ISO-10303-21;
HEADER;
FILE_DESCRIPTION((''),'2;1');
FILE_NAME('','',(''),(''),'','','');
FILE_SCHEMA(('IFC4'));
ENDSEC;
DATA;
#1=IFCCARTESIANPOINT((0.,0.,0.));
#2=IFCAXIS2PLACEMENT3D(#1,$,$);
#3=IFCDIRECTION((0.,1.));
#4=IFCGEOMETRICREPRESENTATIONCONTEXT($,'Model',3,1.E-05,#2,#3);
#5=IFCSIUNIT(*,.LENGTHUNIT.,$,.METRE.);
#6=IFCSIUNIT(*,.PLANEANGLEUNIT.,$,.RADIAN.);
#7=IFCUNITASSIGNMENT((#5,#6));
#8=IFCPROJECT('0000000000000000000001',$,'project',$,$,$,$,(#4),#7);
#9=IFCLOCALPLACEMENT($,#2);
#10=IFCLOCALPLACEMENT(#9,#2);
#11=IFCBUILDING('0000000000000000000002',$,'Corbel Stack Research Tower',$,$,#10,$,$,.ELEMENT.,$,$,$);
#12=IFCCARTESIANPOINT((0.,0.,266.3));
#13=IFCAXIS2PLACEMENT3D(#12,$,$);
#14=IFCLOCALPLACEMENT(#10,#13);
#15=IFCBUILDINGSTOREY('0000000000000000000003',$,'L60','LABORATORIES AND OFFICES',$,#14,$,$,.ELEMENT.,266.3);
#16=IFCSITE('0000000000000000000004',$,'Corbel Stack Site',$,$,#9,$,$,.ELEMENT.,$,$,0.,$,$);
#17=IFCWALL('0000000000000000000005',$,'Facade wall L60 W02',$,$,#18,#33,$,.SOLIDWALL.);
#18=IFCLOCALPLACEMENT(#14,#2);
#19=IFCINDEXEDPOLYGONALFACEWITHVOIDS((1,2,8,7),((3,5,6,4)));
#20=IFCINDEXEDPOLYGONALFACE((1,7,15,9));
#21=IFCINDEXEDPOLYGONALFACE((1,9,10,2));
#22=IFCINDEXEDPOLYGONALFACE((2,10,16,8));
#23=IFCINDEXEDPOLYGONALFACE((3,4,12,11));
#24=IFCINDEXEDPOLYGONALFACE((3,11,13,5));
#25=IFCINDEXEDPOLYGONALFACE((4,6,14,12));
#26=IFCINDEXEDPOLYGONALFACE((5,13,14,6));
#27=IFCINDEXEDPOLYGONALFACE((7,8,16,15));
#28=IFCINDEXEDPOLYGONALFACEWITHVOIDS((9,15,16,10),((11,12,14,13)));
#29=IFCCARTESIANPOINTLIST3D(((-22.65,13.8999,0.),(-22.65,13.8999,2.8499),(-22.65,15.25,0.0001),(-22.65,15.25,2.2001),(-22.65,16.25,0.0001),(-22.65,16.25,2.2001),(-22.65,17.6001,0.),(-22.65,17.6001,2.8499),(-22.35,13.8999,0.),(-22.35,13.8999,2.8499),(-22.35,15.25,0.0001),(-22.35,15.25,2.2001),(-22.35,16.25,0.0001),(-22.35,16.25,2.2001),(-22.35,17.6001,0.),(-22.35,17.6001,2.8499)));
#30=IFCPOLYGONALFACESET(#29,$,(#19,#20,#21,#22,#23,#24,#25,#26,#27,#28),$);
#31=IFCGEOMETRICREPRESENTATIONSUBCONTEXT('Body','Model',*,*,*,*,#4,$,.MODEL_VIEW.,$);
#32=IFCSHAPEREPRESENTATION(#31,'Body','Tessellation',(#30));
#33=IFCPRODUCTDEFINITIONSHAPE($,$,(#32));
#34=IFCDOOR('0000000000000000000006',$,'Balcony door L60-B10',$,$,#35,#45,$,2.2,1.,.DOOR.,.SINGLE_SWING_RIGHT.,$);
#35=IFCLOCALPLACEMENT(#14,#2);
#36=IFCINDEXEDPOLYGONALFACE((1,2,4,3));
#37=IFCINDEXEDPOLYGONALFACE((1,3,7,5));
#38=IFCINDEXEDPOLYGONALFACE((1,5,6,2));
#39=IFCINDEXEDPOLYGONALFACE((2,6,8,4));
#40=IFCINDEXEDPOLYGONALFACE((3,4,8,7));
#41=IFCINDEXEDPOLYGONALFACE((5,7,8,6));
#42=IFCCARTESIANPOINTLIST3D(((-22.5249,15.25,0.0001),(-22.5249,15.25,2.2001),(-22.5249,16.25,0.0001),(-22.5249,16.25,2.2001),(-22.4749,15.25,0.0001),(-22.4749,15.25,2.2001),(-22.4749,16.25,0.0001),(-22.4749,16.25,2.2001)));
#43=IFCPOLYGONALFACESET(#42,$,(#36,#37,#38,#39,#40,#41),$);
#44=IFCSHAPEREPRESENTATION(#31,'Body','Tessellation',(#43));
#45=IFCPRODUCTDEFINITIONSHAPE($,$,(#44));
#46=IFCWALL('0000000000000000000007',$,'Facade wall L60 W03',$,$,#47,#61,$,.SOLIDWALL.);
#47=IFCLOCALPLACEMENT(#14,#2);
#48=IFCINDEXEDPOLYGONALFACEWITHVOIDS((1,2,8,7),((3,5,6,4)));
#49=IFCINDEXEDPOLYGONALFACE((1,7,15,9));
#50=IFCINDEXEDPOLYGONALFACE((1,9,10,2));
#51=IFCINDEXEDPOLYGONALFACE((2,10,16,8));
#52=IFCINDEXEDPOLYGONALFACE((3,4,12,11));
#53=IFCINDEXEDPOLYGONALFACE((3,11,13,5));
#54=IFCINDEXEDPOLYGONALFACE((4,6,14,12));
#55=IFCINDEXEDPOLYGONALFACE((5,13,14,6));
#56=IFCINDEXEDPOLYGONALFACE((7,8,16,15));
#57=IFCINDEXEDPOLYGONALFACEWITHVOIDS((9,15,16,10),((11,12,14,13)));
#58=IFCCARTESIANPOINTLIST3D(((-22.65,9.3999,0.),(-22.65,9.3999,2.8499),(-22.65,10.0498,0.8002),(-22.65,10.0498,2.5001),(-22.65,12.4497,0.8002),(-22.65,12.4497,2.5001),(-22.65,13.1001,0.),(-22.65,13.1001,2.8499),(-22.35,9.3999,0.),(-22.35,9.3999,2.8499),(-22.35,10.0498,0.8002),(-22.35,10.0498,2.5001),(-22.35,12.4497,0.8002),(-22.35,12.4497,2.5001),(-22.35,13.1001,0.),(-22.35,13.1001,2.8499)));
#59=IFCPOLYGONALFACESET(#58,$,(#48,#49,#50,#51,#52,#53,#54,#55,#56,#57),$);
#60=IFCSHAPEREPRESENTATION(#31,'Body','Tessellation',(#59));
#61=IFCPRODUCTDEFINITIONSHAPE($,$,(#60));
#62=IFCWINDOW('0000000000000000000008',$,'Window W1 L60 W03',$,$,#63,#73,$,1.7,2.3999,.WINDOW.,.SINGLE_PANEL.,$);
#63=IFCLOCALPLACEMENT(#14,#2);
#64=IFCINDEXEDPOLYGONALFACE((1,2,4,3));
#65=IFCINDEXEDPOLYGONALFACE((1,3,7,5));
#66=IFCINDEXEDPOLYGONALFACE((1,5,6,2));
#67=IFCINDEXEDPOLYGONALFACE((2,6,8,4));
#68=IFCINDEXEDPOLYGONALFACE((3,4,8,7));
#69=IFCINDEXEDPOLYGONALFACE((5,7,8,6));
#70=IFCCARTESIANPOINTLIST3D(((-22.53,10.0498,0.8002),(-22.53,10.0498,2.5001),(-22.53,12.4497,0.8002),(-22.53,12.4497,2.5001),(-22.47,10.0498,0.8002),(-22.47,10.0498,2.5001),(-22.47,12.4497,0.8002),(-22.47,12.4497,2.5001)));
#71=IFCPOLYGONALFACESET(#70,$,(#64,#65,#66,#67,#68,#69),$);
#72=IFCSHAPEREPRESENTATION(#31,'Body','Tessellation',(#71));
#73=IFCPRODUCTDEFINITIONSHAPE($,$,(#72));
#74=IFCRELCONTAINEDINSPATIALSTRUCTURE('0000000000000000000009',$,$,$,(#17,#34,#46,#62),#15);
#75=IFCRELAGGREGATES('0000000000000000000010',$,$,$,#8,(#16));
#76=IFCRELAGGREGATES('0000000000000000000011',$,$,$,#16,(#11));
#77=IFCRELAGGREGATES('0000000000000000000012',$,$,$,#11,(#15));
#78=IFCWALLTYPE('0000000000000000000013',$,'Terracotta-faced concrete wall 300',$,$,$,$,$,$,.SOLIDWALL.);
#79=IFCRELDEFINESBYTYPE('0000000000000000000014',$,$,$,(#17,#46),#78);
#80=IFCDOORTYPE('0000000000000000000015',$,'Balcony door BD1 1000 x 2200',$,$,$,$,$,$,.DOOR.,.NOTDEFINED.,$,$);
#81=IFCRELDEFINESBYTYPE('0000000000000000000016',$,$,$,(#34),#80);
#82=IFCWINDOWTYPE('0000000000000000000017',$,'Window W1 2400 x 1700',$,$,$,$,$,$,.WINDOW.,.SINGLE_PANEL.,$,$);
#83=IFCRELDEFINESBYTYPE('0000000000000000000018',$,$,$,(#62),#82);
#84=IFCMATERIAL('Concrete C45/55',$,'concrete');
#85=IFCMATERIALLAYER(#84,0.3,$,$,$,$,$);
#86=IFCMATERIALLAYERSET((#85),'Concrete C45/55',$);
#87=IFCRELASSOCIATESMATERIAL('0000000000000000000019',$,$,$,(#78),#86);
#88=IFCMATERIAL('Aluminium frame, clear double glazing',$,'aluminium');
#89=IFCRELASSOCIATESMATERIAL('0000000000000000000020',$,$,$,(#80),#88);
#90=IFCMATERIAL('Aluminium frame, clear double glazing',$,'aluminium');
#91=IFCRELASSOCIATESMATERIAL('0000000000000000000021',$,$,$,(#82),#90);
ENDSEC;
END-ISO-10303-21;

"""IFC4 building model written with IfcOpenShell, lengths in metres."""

from ifc_helpers import new_model, si_unit, direction, frame, frame_2d, origin, place, context, subcontext, project, spatial, rectangle, extrude, material, layer, layer_set, type_object, element, fill, save


model = new_model("IFC4")

# Units and contexts
model_context = context("Model", 3, precision=1e-05, world=origin(), true_north=direction((0.0, 1.0)))
body_context = subcontext(model_context, "Body", "Model", "MODEL_VIEW")
ifc_project = project(units=[si_unit("LENGTHUNIT", "METRE"), si_unit("PLANEANGLEUNIT", "RADIAN")], contexts=[model_context])

# Site, building, storey
site_placement = place(None, origin())
site = spatial("IfcSite", under=ifc_project, at=site_placement, Name="Corbel Stack Site", CompositionType="ELEMENT", RefElevation=0.0)
building_placement = place(site_placement, origin())
building = spatial("IfcBuilding", under=site, at=building_placement, Name="Corbel Stack Research Tower", CompositionType="ELEMENT")
storey_placement = place(building_placement, frame((0.0, 0.0, 266.3)))
storey = spatial("IfcBuildingStorey", under=building, at=storey_placement, Name="L60", Description="LABORATORIES AND OFFICES", CompositionType="ELEMENT", Elevation=266.3)

# Wall, opening, door
ifc_material_1 = material(Name="Concrete C45/55", Category="concrete")
ifc_layer_1 = layer(ifc_material_1, 0.3)
ifc_layer_set_1 = layer_set([ifc_layer_1], Name="Concrete C45/55")
wall_type_1 = type_object("IfcWallType", Name="Terracotta-faced concrete wall 300", PredefinedType="SOLIDWALL", material=ifc_layer_set_1)
wall_1_placement = place(storey_placement, frame((-22.5, 13.8999, 0.0), z_axis=(0.0, 0.0, 1.0), x_axis=(0.0, 1.0, 0.0)))
wall_1 = element("IfcWall", 1, at=wall_1_placement, inside=storey, type_object=wall_type_1, Name="Facade wall L60 W02", PredefinedType="SOLIDWALL", context=body_context, shape_type="SweptSolid", body=[
    extrude(rectangle(XDim=3.7002, YDim=0.3, at=frame_2d((1.8501, 0.0))), origin(), (0.0, 0.0, 1.0), 2.8499),
])
opening_1_placement = place(wall_1_placement, frame((1.3501, 0.0, 0.0)))
opening_1 = element("IfcOpeningElement", 2, at=opening_1_placement, cuts=wall_1, PredefinedType="OPENING", context=body_context, shape_type="SweptSolid", body=[
    extrude(rectangle(XDim=1.0, YDim=2.2, at=frame_2d((0.5, 1.1001))), frame((0.0, 0.1599, 0.0), z_axis=(0.0, -1.0, 0.0), x_axis=(1.0, 0.0, 0.0)), (0.0, 0.0, 1.0), 0.3201),
])
ifc_material_2 = material(Name="Aluminium frame, clear double glazing", Category="aluminium")
door_type_1 = type_object("IfcDoorType", Name="Balcony door BD1 1000 x 2200", OperationType="NOTDEFINED", PredefinedType="DOOR", material=ifc_material_2)
door_1_placement = place(opening_1_placement, origin())
door_1 = element("IfcDoor", 3, at=door_1_placement, inside=storey, type_object=door_type_1, Name="Balcony door L60-B10", OperationType="SINGLE_SWING_RIGHT", OverallHeight=2.2, OverallWidth=1.0, PredefinedType="DOOR", context=body_context, shape_type="SweptSolid", body=[
    extrude(rectangle(XDim=1.0, YDim=2.2, at=frame_2d((0.5, 1.1001))), frame((0.0, 0.0249, 0.0), z_axis=(0.0, -1.0, 0.0), x_axis=(1.0, 0.0, 0.0)), (0.0, 0.0, 1.0), 0.05),
])
fill(opening_1, door_1)

# Wall, opening, window
wall_2_placement = place(storey_placement, frame((-22.5, 9.3999, 0.0), z_axis=(0.0, 0.0, 1.0), x_axis=(0.0, 1.0, 0.0)))
wall_2 = element("IfcWall", 4, at=wall_2_placement, inside=storey, type_object=wall_type_1, Name="Facade wall L60 W03", PredefinedType="SOLIDWALL", context=body_context, shape_type="SweptSolid", body=[
    extrude(rectangle(XDim=3.7002, YDim=0.3, at=frame_2d((1.8501, 0.0))), origin(), (0.0, 0.0, 1.0), 2.8499),
])
opening_2_placement = place(wall_2_placement, frame((0.6499, 0.0, 0.8)))
opening_2 = element("IfcOpeningElement", 5, at=opening_2_placement, cuts=wall_2, PredefinedType="OPENING", context=body_context, shape_type="SweptSolid", body=[
    extrude(rectangle(XDim=2.3999, YDim=1.7, at=frame_2d((1.2, 0.8501))), frame((0.0, 0.1599, 0.0), z_axis=(0.0, -1.0, 0.0), x_axis=(1.0, 0.0, 0.0)), (0.0, 0.0, 1.0), 0.3201),
])
ifc_material_3 = material(Name="Aluminium frame, clear double glazing", Category="aluminium")
window_type = type_object("IfcWindowType", Name="Window W1 2400 x 1700", PartitioningType="SINGLE_PANEL", PredefinedType="WINDOW", material=ifc_material_3)
window_placement = place(opening_2_placement, origin())
window = element("IfcWindow", 6, at=window_placement, inside=storey, type_object=window_type, Name="Window W1 L60 W03", OverallHeight=1.7, OverallWidth=2.3999, PartitioningType="SINGLE_PANEL", PredefinedType="WINDOW", context=body_context, shape_type="SweptSolid", body=[
    extrude(rectangle(XDim=2.3999, YDim=1.7, at=frame_2d((1.2, 0.8501))), frame((0.0, 0.03, 0.0), z_axis=(0.0, -1.0, 0.0), x_axis=(1.0, 0.0, 0.0)), (0.0, 0.0, 1.0), 0.0601),
])
fill(opening_2, window)

save(model, "model.ifc")
